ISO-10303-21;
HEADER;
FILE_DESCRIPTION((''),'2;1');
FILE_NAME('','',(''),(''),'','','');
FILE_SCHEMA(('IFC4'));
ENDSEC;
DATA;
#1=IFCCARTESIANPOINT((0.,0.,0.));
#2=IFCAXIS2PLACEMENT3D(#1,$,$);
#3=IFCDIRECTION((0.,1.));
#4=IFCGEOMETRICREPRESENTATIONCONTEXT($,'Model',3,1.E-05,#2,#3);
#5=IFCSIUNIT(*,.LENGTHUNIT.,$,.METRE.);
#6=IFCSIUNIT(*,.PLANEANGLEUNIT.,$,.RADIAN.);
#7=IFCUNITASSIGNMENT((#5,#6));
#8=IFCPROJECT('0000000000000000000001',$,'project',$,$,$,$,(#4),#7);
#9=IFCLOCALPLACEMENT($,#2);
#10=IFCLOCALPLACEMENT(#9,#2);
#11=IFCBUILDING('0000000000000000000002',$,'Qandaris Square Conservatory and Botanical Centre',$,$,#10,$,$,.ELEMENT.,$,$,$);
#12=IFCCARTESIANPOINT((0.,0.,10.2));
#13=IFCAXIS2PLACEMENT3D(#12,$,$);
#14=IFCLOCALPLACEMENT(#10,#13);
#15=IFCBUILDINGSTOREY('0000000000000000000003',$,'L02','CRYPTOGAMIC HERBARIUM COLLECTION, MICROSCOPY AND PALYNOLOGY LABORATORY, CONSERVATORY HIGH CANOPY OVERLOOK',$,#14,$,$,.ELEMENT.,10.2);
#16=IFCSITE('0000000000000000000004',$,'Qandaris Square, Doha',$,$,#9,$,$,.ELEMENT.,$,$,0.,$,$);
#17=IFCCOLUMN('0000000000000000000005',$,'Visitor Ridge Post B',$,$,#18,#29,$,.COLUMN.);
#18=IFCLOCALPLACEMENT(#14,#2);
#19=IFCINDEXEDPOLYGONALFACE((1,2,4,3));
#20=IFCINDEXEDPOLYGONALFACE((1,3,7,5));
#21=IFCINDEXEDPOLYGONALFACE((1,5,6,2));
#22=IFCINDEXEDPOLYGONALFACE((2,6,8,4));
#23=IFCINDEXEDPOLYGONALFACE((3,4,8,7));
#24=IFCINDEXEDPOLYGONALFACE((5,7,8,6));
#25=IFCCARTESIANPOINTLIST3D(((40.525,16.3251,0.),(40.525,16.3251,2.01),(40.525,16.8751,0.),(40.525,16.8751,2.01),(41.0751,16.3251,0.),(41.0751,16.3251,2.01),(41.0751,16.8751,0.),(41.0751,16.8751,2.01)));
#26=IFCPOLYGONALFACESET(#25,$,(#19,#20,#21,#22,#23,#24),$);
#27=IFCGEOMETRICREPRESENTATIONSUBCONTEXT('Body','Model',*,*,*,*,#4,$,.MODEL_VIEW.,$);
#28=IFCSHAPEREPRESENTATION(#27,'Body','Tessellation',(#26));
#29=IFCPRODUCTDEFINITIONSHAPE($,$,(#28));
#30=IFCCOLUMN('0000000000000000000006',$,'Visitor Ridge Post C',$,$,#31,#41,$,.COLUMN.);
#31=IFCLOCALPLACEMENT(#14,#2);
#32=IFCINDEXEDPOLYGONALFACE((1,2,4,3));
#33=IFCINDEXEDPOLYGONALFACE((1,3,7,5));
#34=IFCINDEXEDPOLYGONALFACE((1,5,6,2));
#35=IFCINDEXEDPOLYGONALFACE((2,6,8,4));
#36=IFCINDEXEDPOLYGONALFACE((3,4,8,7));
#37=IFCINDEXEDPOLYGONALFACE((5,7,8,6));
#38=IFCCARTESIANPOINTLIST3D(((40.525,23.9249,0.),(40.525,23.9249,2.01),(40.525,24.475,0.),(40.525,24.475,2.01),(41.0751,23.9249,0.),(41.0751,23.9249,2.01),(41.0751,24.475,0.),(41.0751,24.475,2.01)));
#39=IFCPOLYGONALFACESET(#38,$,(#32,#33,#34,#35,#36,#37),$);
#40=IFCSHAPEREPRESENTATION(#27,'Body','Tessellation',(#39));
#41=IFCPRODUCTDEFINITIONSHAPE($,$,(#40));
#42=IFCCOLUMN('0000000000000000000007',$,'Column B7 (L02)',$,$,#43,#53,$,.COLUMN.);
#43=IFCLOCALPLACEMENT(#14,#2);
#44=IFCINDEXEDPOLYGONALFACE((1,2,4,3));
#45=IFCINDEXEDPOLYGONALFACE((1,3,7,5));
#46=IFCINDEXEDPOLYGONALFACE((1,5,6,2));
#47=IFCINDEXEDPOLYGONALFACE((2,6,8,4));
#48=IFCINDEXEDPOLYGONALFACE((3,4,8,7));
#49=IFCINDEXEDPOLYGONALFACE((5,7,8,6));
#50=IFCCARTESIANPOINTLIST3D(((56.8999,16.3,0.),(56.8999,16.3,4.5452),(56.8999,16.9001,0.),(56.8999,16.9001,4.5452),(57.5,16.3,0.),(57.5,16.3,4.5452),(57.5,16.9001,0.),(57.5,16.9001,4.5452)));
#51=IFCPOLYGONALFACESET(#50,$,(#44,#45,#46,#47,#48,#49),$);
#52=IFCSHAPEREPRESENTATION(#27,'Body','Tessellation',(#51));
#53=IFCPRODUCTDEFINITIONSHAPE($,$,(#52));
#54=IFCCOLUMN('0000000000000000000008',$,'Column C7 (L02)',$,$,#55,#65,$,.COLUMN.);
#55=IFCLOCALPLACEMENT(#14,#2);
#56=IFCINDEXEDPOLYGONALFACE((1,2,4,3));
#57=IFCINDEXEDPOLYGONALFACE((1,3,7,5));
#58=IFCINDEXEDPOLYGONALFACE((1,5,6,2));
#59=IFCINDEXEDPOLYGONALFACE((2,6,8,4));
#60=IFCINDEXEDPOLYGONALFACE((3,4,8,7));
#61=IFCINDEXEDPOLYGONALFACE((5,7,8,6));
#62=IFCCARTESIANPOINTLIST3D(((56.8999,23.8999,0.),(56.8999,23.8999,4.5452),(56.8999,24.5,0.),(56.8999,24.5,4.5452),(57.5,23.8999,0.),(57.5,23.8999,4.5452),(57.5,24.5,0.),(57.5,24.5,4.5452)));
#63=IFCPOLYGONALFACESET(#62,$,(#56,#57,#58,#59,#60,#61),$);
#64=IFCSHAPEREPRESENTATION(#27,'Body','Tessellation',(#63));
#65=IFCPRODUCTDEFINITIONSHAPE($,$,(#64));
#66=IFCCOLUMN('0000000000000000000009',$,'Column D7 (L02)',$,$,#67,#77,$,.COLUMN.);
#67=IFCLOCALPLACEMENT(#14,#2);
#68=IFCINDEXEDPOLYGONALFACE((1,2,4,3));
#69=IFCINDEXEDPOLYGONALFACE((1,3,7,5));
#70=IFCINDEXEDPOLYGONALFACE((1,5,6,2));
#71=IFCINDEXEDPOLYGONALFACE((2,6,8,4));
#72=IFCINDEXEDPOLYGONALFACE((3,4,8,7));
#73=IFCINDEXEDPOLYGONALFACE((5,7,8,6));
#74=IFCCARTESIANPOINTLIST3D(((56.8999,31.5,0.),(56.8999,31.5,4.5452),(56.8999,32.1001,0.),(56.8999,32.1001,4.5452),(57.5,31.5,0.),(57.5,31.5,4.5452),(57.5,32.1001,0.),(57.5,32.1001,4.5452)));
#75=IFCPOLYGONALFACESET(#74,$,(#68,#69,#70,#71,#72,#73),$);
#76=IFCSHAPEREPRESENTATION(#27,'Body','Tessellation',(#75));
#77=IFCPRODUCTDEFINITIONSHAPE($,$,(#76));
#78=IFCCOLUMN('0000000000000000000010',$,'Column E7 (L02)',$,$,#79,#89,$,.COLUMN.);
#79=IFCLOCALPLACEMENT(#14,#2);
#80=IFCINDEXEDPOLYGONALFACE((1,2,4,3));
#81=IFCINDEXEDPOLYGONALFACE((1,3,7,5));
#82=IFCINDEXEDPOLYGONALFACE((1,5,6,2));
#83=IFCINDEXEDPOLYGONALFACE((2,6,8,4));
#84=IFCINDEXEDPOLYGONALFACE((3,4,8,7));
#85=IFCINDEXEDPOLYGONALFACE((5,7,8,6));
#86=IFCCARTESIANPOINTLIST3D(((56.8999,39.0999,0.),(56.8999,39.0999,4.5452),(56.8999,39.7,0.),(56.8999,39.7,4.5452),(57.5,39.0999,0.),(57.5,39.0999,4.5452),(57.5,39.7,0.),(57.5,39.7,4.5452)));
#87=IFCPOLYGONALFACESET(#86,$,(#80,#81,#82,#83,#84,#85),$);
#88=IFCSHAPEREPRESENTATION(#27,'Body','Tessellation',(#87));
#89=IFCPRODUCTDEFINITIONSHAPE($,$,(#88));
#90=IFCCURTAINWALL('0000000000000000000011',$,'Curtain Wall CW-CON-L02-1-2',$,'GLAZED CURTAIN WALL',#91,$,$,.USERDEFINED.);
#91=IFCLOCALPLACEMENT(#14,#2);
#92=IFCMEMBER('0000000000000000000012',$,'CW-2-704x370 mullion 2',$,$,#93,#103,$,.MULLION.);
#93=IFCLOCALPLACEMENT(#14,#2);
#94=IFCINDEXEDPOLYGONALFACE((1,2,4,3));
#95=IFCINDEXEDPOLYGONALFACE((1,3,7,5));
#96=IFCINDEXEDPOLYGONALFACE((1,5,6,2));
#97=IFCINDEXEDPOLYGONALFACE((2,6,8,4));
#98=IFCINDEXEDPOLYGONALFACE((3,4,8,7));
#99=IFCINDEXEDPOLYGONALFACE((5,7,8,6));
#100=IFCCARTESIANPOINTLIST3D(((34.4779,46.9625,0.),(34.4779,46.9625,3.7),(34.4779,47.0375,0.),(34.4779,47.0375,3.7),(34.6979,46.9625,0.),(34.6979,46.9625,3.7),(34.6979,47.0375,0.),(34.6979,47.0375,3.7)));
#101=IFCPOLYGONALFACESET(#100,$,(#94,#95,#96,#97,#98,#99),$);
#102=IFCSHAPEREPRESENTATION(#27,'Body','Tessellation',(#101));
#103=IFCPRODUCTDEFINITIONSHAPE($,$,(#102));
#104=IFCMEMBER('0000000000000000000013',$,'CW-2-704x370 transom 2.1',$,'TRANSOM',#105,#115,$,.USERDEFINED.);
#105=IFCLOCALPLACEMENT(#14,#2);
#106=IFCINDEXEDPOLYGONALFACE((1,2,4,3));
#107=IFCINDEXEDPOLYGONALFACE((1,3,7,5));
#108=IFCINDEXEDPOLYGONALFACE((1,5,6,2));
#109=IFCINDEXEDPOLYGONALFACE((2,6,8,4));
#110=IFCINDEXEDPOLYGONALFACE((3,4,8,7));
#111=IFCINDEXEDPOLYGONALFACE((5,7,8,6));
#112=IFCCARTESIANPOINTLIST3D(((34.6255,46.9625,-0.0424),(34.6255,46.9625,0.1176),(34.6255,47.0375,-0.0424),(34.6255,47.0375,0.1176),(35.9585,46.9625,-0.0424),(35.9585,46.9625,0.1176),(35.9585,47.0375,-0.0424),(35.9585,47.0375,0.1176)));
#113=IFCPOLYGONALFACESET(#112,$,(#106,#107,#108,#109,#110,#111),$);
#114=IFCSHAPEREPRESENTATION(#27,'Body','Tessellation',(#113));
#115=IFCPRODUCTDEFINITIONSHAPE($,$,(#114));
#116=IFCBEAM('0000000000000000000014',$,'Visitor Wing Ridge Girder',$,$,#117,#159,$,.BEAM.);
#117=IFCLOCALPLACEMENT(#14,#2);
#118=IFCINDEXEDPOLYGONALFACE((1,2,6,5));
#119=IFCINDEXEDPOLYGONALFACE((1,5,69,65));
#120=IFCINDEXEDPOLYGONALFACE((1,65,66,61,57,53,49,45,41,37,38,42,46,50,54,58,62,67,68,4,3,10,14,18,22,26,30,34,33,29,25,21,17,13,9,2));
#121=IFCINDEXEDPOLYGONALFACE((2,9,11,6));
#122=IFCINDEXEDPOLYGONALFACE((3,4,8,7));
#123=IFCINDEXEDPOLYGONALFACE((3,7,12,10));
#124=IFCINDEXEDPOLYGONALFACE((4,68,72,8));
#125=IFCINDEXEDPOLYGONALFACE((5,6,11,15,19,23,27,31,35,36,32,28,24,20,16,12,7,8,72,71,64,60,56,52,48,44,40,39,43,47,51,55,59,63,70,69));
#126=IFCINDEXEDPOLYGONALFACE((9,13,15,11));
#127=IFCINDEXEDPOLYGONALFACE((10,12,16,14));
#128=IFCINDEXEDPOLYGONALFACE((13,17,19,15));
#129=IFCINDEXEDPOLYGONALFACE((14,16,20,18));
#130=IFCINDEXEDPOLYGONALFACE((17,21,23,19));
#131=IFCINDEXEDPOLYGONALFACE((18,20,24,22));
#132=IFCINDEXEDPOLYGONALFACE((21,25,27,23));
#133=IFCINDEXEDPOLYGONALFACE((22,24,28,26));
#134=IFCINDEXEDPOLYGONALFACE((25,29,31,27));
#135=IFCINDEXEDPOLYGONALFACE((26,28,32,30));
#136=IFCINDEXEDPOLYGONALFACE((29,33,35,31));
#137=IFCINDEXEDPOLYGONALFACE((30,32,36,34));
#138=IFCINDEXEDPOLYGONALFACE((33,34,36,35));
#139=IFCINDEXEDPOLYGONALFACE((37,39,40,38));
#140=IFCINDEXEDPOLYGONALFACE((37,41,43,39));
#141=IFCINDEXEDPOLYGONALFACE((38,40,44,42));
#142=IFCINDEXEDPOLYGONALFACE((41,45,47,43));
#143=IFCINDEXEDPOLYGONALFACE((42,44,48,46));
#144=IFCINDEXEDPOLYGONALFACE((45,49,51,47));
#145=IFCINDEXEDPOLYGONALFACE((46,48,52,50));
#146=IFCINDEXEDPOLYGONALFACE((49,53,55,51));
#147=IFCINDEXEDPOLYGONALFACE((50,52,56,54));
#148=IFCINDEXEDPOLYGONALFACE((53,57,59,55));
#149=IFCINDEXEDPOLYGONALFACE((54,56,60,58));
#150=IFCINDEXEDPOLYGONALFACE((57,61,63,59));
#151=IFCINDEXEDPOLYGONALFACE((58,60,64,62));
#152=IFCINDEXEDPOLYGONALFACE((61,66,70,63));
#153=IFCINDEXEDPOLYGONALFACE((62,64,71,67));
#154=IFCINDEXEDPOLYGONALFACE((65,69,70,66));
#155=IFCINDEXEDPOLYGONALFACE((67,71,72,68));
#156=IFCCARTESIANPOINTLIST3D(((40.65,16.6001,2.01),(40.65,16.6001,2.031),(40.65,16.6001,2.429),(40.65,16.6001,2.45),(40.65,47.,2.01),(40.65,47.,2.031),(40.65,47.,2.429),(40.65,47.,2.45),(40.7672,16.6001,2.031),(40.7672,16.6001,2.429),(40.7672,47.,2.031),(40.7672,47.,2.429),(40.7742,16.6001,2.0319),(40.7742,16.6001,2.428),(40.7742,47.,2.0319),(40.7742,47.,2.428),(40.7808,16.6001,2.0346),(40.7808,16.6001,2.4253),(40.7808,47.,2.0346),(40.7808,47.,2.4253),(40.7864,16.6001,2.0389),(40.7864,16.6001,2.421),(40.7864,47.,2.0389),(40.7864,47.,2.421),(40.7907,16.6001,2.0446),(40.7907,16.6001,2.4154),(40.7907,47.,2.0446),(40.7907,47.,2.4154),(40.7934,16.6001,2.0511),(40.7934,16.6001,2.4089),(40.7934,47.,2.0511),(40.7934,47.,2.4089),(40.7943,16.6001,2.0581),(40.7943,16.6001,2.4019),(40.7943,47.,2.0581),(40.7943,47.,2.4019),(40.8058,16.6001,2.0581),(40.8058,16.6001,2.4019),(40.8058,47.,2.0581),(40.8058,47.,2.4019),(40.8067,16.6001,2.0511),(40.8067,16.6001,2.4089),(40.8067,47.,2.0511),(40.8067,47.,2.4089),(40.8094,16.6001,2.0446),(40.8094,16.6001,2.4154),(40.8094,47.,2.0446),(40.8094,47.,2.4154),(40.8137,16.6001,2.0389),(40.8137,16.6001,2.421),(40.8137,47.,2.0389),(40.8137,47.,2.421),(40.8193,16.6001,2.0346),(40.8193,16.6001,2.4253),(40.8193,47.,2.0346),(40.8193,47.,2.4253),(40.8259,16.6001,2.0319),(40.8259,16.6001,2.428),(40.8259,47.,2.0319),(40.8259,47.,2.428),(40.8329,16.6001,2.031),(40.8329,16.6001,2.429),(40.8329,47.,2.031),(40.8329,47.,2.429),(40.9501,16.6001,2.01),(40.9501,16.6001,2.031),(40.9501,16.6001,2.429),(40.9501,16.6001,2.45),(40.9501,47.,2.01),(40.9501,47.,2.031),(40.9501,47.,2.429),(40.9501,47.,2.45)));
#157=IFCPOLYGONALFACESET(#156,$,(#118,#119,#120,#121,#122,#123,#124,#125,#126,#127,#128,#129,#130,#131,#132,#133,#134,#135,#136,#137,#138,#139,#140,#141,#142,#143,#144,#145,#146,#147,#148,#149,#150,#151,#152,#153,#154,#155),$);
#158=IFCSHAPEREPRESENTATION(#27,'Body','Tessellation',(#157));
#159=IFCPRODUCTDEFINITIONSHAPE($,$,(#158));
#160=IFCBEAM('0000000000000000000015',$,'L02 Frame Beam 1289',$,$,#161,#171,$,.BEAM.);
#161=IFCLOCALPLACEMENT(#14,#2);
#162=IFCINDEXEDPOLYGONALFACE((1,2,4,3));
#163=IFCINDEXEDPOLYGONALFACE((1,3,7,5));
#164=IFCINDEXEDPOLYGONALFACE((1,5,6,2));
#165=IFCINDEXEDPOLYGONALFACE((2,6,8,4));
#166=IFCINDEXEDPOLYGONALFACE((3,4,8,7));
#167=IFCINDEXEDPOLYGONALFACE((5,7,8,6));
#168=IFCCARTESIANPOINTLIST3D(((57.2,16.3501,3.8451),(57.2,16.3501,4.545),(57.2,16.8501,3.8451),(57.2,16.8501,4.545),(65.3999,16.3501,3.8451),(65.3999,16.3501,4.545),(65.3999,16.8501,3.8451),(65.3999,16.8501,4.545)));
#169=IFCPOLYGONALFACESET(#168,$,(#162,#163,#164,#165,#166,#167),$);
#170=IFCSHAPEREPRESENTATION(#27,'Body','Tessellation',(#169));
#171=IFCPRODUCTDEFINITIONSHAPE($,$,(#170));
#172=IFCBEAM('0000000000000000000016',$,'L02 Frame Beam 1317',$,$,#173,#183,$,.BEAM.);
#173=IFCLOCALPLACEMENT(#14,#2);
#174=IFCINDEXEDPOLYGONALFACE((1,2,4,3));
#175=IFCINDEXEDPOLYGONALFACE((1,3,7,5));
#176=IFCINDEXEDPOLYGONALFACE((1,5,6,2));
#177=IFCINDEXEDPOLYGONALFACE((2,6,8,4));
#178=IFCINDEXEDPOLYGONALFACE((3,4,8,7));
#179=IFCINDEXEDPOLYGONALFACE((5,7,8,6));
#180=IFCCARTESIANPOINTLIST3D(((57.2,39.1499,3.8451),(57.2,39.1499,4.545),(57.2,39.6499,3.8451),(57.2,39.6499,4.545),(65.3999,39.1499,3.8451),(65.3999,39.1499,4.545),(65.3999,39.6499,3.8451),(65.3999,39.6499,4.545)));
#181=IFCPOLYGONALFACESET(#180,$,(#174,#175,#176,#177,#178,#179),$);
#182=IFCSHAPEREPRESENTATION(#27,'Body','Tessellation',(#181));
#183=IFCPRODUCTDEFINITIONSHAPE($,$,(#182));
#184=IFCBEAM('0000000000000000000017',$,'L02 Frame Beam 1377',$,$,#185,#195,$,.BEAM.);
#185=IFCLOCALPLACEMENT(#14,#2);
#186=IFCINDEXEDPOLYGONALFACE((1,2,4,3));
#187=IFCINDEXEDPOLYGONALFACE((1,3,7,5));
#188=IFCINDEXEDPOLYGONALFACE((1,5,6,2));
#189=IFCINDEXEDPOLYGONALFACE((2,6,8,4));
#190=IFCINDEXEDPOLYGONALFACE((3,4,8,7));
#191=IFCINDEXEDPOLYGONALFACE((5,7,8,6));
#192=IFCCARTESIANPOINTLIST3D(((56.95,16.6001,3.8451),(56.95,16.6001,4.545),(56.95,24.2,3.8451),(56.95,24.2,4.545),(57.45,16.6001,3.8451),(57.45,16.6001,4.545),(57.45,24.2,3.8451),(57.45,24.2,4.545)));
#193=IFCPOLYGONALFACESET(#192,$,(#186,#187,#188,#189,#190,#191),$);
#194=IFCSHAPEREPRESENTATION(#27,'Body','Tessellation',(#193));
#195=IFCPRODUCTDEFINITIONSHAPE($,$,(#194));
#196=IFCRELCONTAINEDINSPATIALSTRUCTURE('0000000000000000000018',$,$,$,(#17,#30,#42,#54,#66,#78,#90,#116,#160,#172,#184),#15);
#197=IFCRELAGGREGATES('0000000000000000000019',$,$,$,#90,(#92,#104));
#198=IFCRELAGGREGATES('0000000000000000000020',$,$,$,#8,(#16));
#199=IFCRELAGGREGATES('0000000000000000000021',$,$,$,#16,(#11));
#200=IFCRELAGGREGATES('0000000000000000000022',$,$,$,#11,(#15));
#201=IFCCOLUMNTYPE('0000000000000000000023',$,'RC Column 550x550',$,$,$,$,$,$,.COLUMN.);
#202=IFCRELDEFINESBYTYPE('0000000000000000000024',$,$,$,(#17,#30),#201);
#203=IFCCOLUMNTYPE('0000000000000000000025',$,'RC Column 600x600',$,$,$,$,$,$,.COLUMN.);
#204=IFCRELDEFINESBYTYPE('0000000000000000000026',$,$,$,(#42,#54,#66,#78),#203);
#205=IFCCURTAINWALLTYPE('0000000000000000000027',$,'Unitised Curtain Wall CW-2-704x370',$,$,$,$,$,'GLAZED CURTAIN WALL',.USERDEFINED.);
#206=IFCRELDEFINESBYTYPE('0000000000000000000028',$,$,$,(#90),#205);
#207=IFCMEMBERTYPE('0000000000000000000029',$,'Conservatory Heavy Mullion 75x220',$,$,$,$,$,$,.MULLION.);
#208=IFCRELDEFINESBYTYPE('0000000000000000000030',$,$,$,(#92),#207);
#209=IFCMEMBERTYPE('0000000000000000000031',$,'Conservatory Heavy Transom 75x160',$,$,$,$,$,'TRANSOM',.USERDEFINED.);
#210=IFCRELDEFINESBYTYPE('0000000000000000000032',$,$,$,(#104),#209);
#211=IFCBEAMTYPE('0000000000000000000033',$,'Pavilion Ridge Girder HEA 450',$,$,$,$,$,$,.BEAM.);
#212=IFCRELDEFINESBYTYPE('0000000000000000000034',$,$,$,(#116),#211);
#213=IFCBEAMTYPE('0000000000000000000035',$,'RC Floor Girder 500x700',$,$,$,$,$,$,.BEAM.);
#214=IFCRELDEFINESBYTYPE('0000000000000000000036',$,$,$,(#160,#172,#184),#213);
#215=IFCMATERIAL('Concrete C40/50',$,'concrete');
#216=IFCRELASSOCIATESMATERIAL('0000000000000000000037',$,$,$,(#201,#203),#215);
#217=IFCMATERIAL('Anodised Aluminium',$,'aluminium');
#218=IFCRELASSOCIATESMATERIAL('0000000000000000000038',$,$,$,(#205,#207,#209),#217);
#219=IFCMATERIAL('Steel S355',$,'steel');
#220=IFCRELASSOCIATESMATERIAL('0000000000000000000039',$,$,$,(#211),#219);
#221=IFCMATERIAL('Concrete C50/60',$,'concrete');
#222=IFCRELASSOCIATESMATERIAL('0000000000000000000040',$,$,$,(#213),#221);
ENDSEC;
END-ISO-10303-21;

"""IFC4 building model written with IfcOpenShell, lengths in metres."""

from ifc_helpers import new_model, si_unit, direction, frame, origin, origin_2d, place, context, subcontext, project, spatial, rectangle, i_section, extrude, material, material_profile, profile_set, type_object, element, aggregate, save


model = new_model("IFC4")

# Units and contexts
model_context = context("Model", 3, precision=1e-05, world=origin(), true_north=direction((0.0, 1.0)))
body_context = subcontext(model_context, "Body", "Model", "MODEL_VIEW")
ifc_project = project(units=[si_unit("LENGTHUNIT", "METRE"), si_unit("PLANEANGLEUNIT", "RADIAN")], contexts=[model_context])

# Site, building, storey
site_placement = place(None, origin())
site = spatial("IfcSite", under=ifc_project, at=site_placement, Name="Qandaris Square, Doha", CompositionType="ELEMENT", RefElevation=0.0)
building_placement = place(site_placement, origin())
building = spatial("IfcBuilding", under=site, at=building_placement, Name="Qandaris Square Conservatory and Botanical Centre", CompositionType="ELEMENT")
storey_placement = place(building_placement, frame((0.0, 0.0, 10.2)))
storey = spatial("IfcBuildingStorey", under=building, at=storey_placement, Name="L02", Description="CRYPTOGAMIC HERBARIUM COLLECTION, MICROSCOPY AND PALYNOLOGY LABORATORY, CONSERVATORY HIGH CANOPY OVERLOOK", CompositionType="ELEMENT", Elevation=10.2)

# Columns
ifc_material_1 = material(Name="Concrete C40/50", Category="concrete")
ifc_material_profile_1 = material_profile(ifc_material_1, rectangle(XDim=0.55, YDim=0.55, at=origin_2d()), Name="RC-COL 550x550")
ifc_profile_set_1 = profile_set([ifc_material_profile_1], Name="Concrete C40/50")
column_type_1 = type_object("IfcColumnType", Name="RC Column 550x550", PredefinedType="COLUMN", material=ifc_profile_set_1)
for number, where, z_axis, x_axis, name in (
    (1, (40.8, 16.6001, 0.0), (0.0, 0.0, 1.0), (1.0, 0.0, 0.0), "Visitor Ridge Post B"),
    (2, (40.8, 24.2, 0.0), (0.0, 0.0, 1.0), (1.0, 0.0, 0.0), "Visitor Ridge Post C"),
):
    element("IfcColumn", number, at=place(storey_placement, frame(where, z_axis=z_axis, x_axis=x_axis)), inside=storey, type_object=column_type_1, Name=name, PredefinedType="COLUMN", context=body_context, shape_type="SweptSolid", body=[
        extrude(rectangle(XDim=0.55, YDim=0.55, at=origin_2d()), origin(), (0.0, 0.0, 1.0), 2.01),
    ])
ifc_material_profile_2 = material_profile(ifc_material_1, rectangle(XDim=0.6001, YDim=0.6001, at=origin_2d()), Name="RC-COL 600x600")
ifc_profile_set_2 = profile_set([ifc_material_profile_2], Name="Concrete C40/50")
column_type_2 = type_object("IfcColumnType", Name="RC Column 600x600", PredefinedType="COLUMN", material=ifc_profile_set_2)
for number, where, z_axis, x_axis, name in (
    (3, (57.2, 16.6001, 0.0), (0.0, 0.0, 1.0), (1.0, 0.0, 0.0), "Column B7 (L02)"),
    (4, (57.2, 24.2, 0.0), (0.0, 0.0, 1.0), (1.0, 0.0, 0.0), "Column C7 (L02)"),
    (5, (57.2, 31.8, 0.0), (0.0, 0.0, 1.0), (1.0, 0.0, 0.0), "Column D7 (L02)"),
    (6, (57.2, 39.3999, 0.0), (0.0, 0.0, 1.0), (1.0, 0.0, 0.0), "Column E7 (L02)"),
):
    element("IfcColumn", number, at=place(storey_placement, frame(where, z_axis=z_axis, x_axis=x_axis)), inside=storey, type_object=column_type_2, Name=name, PredefinedType="COLUMN", context=body_context, shape_type="SweptSolid", body=[
        extrude(rectangle(XDim=0.6001, YDim=0.6001, at=origin_2d()), origin(), (0.0, 0.0, 1.0), 4.5452),
    ])

# Curtain wall, members
ifc_material_2 = material(Name="Anodised Aluminium", Category="aluminium")
curtain_wall_type = type_object("IfcCurtainWallType", Name="Unitised Curtain Wall CW-2-704x370", ElementType="GLAZED CURTAIN WALL", PredefinedType="USERDEFINED", material=ifc_material_2)
curtain_wall_placement = place(storey_placement, origin())
curtain_wall = element("IfcCurtainWall", 7, at=curtain_wall_placement, inside=storey, type_object=curtain_wall_type, Name="Curtain Wall CW-CON-L02-1-2", ObjectType="GLAZED CURTAIN WALL", PredefinedType="USERDEFINED")
ifc_material_profile_3 = material_profile(ifc_material_2, rectangle(XDim=0.075, YDim=0.22, at=origin_2d()), Name="ALU-MUL 75x220")
ifc_profile_set_3 = profile_set([ifc_material_profile_3], Name="Anodised Aluminium")
member_type_1 = type_object("IfcMemberType", Name="Conservatory Heavy Mullion 75x220", PredefinedType="MULLION", material=ifc_profile_set_3)
member_1_placement = place(storey_placement, frame((34.5879, 47.0, 0.0), z_axis=(0.0, 0.0, 1.0), x_axis=(0.0, 1.0, 0.0)))
member_1 = element("IfcMember", 8, at=member_1_placement, type_object=member_type_1, Name="CW-2-704x370 mullion 2", PredefinedType="MULLION", context=body_context, shape_type="SweptSolid", body=[
    extrude(rectangle(XDim=0.075, YDim=0.22, at=origin_2d()), origin(), (0.0, 0.0, 1.0), 3.7),
])
ifc_material_profile_4 = material_profile(ifc_material_2, rectangle(XDim=0.075, YDim=0.1599, at=origin_2d()), Name="ALU-TRN 75x160")
ifc_profile_set_4 = profile_set([ifc_material_profile_4], Name="Anodised Aluminium")
member_type_2 = type_object("IfcMemberType", Name="Conservatory Heavy Transom 75x160", ElementType="TRANSOM", PredefinedType="USERDEFINED", material=ifc_profile_set_4)
member_2_placement = place(storey_placement, frame((34.6255, 47.0, 0.0376), z_axis=(1.0, 0.0, 0.0), x_axis=(0.0, 1.0, 0.0)))
member_2 = element("IfcMember", 9, at=member_2_placement, type_object=member_type_2, Name="CW-2-704x370 transom 2.1", ObjectType="TRANSOM", PredefinedType="USERDEFINED", context=body_context, shape_type="SweptSolid", body=[
    extrude(rectangle(XDim=0.075, YDim=0.1599, at=origin_2d()), origin(), (0.0, 0.0, 1.0), 1.333),
])
aggregate(curtain_wall, [member_1, member_2])

# Beams
ifc_material_3 = material(Name="Steel S355", Category="steel")
ifc_material_profile_5 = material_profile(ifc_material_3, i_section(OverallWidth=0.3, OverallDepth=0.4399, WebThickness=0.0115, FlangeThickness=0.021, FilletRadius=0.0271, at=origin_2d()), Name="HEA 450")
ifc_profile_set_5 = profile_set([ifc_material_profile_5], Name="Steel S355")
beam_type_1 = type_object("IfcBeamType", Name="Pavilion Ridge Girder HEA 450", PredefinedType="BEAM", material=ifc_profile_set_5)
beam_1_placement = place(storey_placement, frame((40.8, 16.6001, 2.23), z_axis=(0.0, 1.0, 0.0), x_axis=(-1.0, 0.0, 0.0)))
element("IfcBeam", 10, at=beam_1_placement, inside=storey, type_object=beam_type_1, Name="Visitor Wing Ridge Girder", PredefinedType="BEAM", context=body_context, shape_type="SweptSolid", body=[
    extrude(i_section(OverallWidth=0.3, OverallDepth=0.4399, WebThickness=0.0115, FlangeThickness=0.021, FilletRadius=0.0271, at=origin_2d()), origin(), (0.0, 0.0, 1.0), 30.3999),
])
ifc_material_4 = material(Name="Concrete C50/60", Category="concrete")
ifc_material_profile_6 = material_profile(ifc_material_4, rectangle(XDim=0.5, YDim=0.7, at=origin_2d()), Name="RC-BM 500x700")
ifc_profile_set_6 = profile_set([ifc_material_profile_6], Name="Concrete C50/60")
beam_type_2 = type_object("IfcBeamType", Name="RC Floor Girder 500x700", PredefinedType="BEAM", material=ifc_profile_set_6)
for number, where, z_axis, x_axis, name in (
    (11, (57.2, 16.6001, 4.1951), (1.0, 0.0, 0.0), (0.0, 1.0, 0.0), "L02 Frame Beam 1289"),
    (12, (57.2, 39.3999, 4.1951), (1.0, 0.0, 0.0), (0.0, 1.0, 0.0), "L02 Frame Beam 1317"),
):
    element("IfcBeam", number, at=place(storey_placement, frame(where, z_axis=z_axis, x_axis=x_axis)), inside=storey, type_object=beam_type_2, Name=name, PredefinedType="BEAM", context=body_context, shape_type="SweptSolid", body=[
        extrude(rectangle(XDim=0.5, YDim=0.7, at=origin_2d()), origin(), (0.0, 0.0, 1.0), 8.2),
    ])
for number, where, z_axis, x_axis, name in (
    (13, (57.2, 16.6001, 4.1951), (0.0, 1.0, 0.0), (-1.0, 0.0, 0.0), "L02 Frame Beam 1377"),
):
    element("IfcBeam", number, at=place(storey_placement, frame(where, z_axis=z_axis, x_axis=x_axis)), inside=storey, type_object=beam_type_2, Name=name, PredefinedType="BEAM", context=body_context, shape_type="SweptSolid", body=[
        extrude(rectangle(XDim=0.5, YDim=0.7, at=origin_2d()), origin(), (0.0, 0.0, 1.0), 7.5999),
    ])

save(model, "model.ifc")
